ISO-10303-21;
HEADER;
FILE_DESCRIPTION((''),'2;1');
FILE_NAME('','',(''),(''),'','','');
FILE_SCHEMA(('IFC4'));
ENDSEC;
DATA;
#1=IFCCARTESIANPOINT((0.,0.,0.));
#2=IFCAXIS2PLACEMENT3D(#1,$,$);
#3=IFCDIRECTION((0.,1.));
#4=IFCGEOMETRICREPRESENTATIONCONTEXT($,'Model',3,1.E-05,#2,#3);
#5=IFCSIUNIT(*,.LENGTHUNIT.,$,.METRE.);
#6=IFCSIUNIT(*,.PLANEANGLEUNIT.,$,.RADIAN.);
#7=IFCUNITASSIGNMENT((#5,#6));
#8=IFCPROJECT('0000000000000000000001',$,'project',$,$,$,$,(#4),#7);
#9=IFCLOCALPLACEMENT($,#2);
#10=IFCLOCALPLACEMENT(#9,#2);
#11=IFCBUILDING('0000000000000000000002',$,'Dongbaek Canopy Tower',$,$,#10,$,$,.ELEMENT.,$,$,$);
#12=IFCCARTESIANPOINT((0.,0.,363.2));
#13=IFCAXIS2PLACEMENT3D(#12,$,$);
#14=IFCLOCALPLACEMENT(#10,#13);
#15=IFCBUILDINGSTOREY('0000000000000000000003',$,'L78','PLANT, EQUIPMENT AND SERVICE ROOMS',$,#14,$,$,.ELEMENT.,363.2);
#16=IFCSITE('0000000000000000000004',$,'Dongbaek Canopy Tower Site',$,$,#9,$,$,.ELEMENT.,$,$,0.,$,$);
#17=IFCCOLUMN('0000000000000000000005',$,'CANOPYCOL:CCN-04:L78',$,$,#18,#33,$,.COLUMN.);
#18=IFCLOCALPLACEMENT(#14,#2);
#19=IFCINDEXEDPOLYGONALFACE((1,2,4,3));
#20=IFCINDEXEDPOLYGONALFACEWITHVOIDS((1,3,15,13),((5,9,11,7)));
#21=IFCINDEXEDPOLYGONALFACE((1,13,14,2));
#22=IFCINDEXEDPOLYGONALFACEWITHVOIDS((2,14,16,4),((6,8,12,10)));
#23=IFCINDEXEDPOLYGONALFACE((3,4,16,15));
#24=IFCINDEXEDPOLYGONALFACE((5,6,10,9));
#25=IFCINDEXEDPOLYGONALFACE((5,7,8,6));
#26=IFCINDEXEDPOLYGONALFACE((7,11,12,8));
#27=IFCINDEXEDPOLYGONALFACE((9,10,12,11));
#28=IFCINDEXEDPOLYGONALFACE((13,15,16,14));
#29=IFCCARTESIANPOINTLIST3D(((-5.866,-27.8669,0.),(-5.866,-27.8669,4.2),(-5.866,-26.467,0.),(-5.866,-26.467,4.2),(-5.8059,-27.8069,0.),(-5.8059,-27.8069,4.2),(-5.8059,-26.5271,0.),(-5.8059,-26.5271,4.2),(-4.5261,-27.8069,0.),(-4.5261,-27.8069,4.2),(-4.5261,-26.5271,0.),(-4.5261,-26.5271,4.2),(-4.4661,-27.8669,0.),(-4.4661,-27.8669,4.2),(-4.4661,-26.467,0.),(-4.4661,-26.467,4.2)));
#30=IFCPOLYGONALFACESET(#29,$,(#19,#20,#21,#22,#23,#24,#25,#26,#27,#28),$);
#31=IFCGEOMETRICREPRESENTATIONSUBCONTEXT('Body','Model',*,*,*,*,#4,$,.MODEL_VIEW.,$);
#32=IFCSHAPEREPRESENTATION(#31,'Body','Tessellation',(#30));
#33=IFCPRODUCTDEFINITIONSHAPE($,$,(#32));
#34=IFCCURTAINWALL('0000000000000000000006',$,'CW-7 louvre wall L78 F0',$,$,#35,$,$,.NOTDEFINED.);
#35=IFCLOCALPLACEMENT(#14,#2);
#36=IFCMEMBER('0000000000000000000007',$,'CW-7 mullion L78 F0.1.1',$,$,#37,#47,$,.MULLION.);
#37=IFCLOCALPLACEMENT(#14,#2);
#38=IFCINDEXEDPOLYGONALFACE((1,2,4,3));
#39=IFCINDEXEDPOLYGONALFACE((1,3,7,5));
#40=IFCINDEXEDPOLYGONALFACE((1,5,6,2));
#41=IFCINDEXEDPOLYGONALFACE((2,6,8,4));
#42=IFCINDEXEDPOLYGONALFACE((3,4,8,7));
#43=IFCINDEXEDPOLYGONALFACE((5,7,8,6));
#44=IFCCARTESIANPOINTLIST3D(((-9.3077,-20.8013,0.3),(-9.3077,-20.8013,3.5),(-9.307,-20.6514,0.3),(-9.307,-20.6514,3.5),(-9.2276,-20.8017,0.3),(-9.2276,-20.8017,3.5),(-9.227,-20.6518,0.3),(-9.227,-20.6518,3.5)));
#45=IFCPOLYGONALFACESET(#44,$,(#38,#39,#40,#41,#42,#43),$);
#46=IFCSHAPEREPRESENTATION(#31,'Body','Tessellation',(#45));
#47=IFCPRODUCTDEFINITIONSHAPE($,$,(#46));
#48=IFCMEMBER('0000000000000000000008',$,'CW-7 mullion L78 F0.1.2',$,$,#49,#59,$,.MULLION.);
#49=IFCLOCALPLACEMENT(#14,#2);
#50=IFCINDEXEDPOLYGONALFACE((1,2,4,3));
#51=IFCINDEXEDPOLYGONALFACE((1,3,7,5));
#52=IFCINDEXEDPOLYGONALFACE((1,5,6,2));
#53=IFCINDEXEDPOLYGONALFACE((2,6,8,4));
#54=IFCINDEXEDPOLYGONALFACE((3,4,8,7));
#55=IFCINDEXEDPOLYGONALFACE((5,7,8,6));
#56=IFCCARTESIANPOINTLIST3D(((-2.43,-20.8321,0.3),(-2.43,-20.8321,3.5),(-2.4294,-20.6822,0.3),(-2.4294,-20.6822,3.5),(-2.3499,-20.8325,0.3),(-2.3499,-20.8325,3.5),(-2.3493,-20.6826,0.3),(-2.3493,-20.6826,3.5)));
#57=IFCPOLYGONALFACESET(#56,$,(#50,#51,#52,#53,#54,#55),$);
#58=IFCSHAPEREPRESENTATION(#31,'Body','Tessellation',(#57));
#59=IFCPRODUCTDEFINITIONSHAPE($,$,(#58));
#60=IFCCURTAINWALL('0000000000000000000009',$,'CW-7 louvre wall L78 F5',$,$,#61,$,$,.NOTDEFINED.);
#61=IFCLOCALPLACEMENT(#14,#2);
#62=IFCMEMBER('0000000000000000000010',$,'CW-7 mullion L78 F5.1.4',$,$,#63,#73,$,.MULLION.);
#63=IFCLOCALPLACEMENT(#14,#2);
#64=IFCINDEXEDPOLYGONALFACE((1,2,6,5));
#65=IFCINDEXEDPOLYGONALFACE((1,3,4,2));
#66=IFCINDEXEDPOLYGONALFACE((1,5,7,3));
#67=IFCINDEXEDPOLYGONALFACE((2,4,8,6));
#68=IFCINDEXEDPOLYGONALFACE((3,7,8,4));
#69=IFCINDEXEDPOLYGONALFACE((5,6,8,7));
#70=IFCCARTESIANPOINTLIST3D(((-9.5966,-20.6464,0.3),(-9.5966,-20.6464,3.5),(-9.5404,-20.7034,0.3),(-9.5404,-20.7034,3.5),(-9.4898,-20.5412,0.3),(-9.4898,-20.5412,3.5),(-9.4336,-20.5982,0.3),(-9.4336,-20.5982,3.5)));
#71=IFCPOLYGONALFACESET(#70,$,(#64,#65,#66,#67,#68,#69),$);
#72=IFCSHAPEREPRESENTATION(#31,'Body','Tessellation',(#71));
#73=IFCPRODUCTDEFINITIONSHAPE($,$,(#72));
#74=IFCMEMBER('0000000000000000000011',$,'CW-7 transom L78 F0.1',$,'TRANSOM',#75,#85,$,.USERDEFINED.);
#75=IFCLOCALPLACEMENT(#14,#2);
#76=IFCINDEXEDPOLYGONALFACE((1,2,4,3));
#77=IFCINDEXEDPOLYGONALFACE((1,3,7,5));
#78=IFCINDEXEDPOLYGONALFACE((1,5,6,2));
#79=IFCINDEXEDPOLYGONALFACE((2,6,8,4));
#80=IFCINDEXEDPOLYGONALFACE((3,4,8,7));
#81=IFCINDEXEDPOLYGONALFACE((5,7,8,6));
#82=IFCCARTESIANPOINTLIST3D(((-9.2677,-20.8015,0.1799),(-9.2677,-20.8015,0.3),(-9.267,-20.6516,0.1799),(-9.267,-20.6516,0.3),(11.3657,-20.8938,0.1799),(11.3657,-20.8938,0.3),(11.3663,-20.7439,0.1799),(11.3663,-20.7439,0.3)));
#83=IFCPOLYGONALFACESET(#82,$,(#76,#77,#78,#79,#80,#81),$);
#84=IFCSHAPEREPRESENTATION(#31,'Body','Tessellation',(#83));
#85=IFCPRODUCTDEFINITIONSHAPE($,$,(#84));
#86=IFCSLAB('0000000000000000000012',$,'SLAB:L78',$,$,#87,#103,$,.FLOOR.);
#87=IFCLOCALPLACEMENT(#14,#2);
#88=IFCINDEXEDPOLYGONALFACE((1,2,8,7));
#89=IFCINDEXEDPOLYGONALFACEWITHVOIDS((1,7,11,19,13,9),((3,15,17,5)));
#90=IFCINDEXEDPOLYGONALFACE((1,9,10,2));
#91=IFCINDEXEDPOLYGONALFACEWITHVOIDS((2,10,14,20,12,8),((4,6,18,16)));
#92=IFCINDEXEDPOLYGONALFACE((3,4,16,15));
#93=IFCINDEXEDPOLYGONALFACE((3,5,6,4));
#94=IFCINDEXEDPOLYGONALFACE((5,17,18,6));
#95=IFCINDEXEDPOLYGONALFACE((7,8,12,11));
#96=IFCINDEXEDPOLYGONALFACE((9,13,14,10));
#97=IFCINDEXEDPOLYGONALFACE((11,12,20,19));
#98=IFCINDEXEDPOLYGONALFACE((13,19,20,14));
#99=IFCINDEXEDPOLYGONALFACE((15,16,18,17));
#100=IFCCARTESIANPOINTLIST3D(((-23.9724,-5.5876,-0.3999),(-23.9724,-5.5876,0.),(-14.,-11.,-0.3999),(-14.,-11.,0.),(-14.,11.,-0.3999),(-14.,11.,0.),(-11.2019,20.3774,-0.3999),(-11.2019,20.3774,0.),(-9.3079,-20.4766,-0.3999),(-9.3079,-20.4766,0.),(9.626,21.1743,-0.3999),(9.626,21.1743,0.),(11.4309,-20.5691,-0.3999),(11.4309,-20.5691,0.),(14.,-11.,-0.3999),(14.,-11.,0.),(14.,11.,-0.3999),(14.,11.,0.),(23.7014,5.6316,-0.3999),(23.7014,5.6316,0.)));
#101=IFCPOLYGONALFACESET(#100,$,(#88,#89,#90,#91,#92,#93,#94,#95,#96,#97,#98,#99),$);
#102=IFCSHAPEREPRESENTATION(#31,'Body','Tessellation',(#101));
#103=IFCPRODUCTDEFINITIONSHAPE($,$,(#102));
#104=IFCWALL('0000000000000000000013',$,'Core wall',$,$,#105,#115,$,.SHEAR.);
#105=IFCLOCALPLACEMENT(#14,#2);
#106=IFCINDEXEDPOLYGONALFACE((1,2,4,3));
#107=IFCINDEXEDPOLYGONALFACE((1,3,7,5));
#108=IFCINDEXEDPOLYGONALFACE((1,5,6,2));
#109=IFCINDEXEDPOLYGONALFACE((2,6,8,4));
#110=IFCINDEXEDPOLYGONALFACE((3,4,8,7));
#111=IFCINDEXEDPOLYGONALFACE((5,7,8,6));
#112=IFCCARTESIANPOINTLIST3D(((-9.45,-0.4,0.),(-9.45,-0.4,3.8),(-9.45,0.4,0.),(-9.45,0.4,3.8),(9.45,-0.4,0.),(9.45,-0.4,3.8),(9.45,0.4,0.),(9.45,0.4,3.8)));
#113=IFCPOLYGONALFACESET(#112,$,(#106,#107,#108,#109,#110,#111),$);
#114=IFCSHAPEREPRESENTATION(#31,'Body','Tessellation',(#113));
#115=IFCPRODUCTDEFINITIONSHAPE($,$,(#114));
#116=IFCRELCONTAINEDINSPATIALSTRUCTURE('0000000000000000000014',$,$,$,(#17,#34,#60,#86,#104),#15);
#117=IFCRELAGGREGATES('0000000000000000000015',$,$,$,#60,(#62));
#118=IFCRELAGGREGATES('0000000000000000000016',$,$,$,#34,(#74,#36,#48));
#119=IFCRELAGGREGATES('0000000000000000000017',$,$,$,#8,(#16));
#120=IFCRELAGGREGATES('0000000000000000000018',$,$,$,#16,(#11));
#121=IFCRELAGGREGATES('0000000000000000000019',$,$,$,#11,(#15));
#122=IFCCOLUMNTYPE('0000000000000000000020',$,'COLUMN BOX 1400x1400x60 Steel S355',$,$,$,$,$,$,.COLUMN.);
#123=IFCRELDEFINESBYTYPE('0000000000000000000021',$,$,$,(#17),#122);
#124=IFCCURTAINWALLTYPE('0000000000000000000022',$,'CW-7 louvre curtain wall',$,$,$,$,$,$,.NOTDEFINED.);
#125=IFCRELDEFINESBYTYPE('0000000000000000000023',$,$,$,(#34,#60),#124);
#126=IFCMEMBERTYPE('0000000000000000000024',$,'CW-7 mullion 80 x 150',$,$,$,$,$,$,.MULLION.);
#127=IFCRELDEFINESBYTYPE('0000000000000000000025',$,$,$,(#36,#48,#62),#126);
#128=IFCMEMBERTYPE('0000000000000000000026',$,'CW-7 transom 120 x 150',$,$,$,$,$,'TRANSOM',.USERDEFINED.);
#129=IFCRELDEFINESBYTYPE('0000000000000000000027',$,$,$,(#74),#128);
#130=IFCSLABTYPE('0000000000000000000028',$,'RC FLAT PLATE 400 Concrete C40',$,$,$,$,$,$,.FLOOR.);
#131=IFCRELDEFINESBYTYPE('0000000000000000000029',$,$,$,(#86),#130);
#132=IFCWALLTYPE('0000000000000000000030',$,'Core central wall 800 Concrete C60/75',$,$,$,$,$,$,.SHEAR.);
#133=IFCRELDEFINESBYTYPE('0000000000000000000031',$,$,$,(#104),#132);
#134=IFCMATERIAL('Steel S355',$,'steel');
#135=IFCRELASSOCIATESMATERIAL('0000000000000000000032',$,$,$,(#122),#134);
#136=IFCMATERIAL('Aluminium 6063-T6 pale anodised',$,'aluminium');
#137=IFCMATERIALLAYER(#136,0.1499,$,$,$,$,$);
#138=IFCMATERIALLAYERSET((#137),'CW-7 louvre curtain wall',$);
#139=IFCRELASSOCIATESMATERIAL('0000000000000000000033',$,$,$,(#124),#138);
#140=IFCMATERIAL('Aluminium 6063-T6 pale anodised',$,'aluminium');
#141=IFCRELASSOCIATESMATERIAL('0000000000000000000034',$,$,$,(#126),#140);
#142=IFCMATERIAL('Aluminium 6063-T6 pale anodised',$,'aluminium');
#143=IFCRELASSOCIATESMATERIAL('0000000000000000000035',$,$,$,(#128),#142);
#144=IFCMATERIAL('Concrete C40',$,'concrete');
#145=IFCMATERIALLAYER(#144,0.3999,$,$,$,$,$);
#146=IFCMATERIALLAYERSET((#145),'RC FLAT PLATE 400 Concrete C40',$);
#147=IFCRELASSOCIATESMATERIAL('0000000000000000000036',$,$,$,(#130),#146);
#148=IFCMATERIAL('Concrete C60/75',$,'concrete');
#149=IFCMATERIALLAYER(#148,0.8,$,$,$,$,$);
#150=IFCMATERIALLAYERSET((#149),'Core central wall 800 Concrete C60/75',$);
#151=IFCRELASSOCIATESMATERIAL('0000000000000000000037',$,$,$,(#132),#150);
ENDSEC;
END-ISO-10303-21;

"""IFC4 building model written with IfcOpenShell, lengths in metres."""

from ifc_helpers import new_model, si_unit, direction, frame, frame_2d, origin, origin_2d, place, context, subcontext, project, spatial, polyline, rectangle, hollow_rectangle, outline, extrude, material, layer, layer_set, material_profile, profile_set, type_object, element, aggregate, save


model = new_model("IFC4")

# Units and contexts
model_context = context("Model", 3, precision=1e-05, world=origin(), true_north=direction((0.0, 1.0)))
body_context = subcontext(model_context, "Body", "Model", "MODEL_VIEW")
ifc_project = project(units=[si_unit("LENGTHUNIT", "METRE"), si_unit("PLANEANGLEUNIT", "RADIAN")], contexts=[model_context])

# Site, building, storey
site_placement = place(None, origin())
site = spatial("IfcSite", under=ifc_project, at=site_placement, Name="Dongbaek Canopy Tower Site", CompositionType="ELEMENT", RefElevation=0.0)
building_placement = place(site_placement, origin())
building = spatial("IfcBuilding", under=site, at=building_placement, Name="Dongbaek Canopy Tower", CompositionType="ELEMENT")
storey_placement = place(building_placement, frame((0.0, 0.0, 363.2)))
storey = spatial("IfcBuildingStorey", under=building, at=storey_placement, Name="L78", Description="PLANT, EQUIPMENT AND SERVICE ROOMS", CompositionType="ELEMENT", Elevation=363.2)

# Column
ifc_material_1 = material(Name="Steel S355", Category="steel")
ifc_material_profile_1 = material_profile(ifc_material_1, hollow_rectangle(XDim=1.3999, YDim=1.3999, WallThickness=0.0601, at=origin_2d()), Name="COLUMN BOX 1400x1400x60 Steel S355")
ifc_profile_set_1 = profile_set([ifc_material_profile_1], Name="Steel S355")
column_type = type_object("IfcColumnType", Name="COLUMN BOX 1400x1400x60 Steel S355", PredefinedType="COLUMN", material=ifc_profile_set_1)
column_placement = place(storey_placement, frame((-5.166, -27.167, 0.0), z_axis=(0.0, 0.0, 1.0), x_axis=(1.0, 0.0, 0.0)))
element("IfcColumn", 1, at=column_placement, inside=storey, type_object=column_type, Name="CANOPYCOL:CCN-04:L78", PredefinedType="COLUMN", context=body_context, shape_type="SweptSolid", body=[
    extrude(hollow_rectangle(XDim=1.3999, YDim=1.3999, WallThickness=0.0601, at=origin_2d()), origin(), (0.0, 0.0, 1.0), 4.2),
])

# Curtain wall, members
ifc_material_2 = material(Name="Aluminium 6063-T6 pale anodised", Category="aluminium")
ifc_layer_1 = layer(ifc_material_2, 0.1499)
ifc_layer_set_1 = layer_set([ifc_layer_1], Name="CW-7 louvre curtain wall")
curtain_wall_type = type_object("IfcCurtainWallType", Name="CW-7 louvre curtain wall", PredefinedType="NOTDEFINED", material=ifc_layer_set_1)
curtain_wall_1_placement = place(storey_placement, origin())
curtain_wall_1 = element("IfcCurtainWall", 2, at=curtain_wall_1_placement, inside=storey, type_object=curtain_wall_type, Name="CW-7 louvre wall L78 F0", PredefinedType="NOTDEFINED")
ifc_material_3 = material(Name="Aluminium 6063-T6 pale anodised", Category="aluminium")
ifc_material_profile_2 = material_profile(ifc_material_3, rectangle(XDim=0.1499, YDim=0.0801, at=origin_2d()), Name="CW-7 mullion 80 x 150")
ifc_profile_set_2 = profile_set([ifc_material_profile_2], Name="Aluminium 6063-T6 pale anodised")
member_type_1 = type_object("IfcMemberType", Name="CW-7 mullion 80 x 150", PredefinedType="MULLION", material=ifc_profile_set_2)
member_1_placement = place(storey_placement, frame((-9.2673, -20.7266, 0.3), z_axis=(0.0, 0.0, 1.0), x_axis=(-0.004466, -0.99999, 0.0)))
member_1 = element("IfcMember", 3, at=member_1_placement, type_object=member_type_1, Name="CW-7 mullion L78 F0.1.1", PredefinedType="MULLION", context=body_context, shape_type="SweptSolid", body=[
    extrude(rectangle(XDim=0.1499, YDim=0.0801, at=origin_2d()), origin(), (0.0, 0.0, 1.0), 3.2),
])
member_2_placement = place(storey_placement, frame((-2.3896, -20.7573, 0.3), z_axis=(0.0, 0.0, 1.0), x_axis=(-0.004466, -0.99999, 0.0)))
member_2 = element("IfcMember", 4, at=member_2_placement, type_object=member_type_1, Name="CW-7 mullion L78 F0.1.2", PredefinedType="MULLION", context=body_context, shape_type="SweptSolid", body=[
    extrude(rectangle(XDim=0.1499, YDim=0.0801, at=origin_2d()), origin(), (0.0, 0.0, 1.0), 3.2),
])

# Curtain wall, member
curtain_wall_2_placement = place(storey_placement, origin())
curtain_wall_2 = element("IfcCurtainWall", 5, at=curtain_wall_2_placement, inside=storey, type_object=curtain_wall_type, Name="CW-7 louvre wall L78 F5", PredefinedType="NOTDEFINED")
member_3_placement = place(storey_placement, frame((-9.5151, -20.6223, 0.3), z_axis=(0.0, 0.0, 1.0), x_axis=(-0.712455, -0.701718, 0.0)))
member_3 = element("IfcMember", 6, at=member_3_placement, type_object=member_type_1, Name="CW-7 mullion L78 F5.1.4", PredefinedType="MULLION", context=body_context, shape_type="SweptSolid", body=[
    extrude(rectangle(XDim=0.1499, YDim=0.0801, at=origin_2d()), origin(), (0.0, 0.0, 1.0), 3.2),
])
aggregate(curtain_wall_2, [member_3])

# Member
ifc_material_4 = material(Name="Aluminium 6063-T6 pale anodised", Category="aluminium")
ifc_material_profile_3 = material_profile(ifc_material_4, rectangle(XDim=0.1499, YDim=0.1201, at=origin_2d()), Name="CW-7 transom 120 x 150")
ifc_profile_set_3 = profile_set([ifc_material_profile_3], Name="Aluminium 6063-T6 pale anodised")
member_type_2 = type_object("IfcMemberType", Name="CW-7 transom 120 x 150", ElementType="TRANSOM", PredefinedType="USERDEFINED", material=ifc_profile_set_3)
member_4_placement = place(storey_placement, frame((-9.2673, -20.7266, 0.24), z_axis=(0.99999, -0.004473, 0.0), x_axis=(0.004473, 0.99999, 0.0)))
member_4 = element("IfcMember", 7, at=member_4_placement, type_object=member_type_2, Name="CW-7 transom L78 F0.1", ObjectType="TRANSOM", PredefinedType="USERDEFINED", context=body_context, shape_type="SweptSolid", body=[
    extrude(rectangle(XDim=0.1499, YDim=0.1201, at=origin_2d()), origin(), (0.0, 0.0, 1.0), 20.6335),
])

# Slab
ifc_material_5 = material(Name="Concrete C40", Category="concrete")
ifc_layer_2 = layer(ifc_material_5, 0.3999)
ifc_layer_set_2 = layer_set([ifc_layer_2], Name="RC FLAT PLATE 400 Concrete C40")
slab_type = type_object("IfcSlabType", Name="RC FLAT PLATE 400 Concrete C40", PredefinedType="FLOOR", material=ifc_layer_set_2)
slab_placement = place(storey_placement, frame((0.0, 0.0, -0.3999)))
element("IfcSlab", 8, at=slab_placement, inside=storey, type_object=slab_type, Name="SLAB:L78", PredefinedType="FLOOR", context=body_context, shape_type="SweptSolid", body=[
    extrude(outline(polyline([(-23.9724, -5.5876), (-11.2019, 20.3774), (9.626, 21.1743), (23.7014, 5.6316), (11.4309, -20.5691), (-9.3079, -20.4766), (-23.9724, -5.5876)]), holes=[polyline([(14.0, 11.0), (-14.0, 11.0), (-14.0, -11.0), (14.0, -11.0), (14.0, 11.0)])]), origin(), (0.0, 0.0, 1.0), 0.3999),
])

# Wall
ifc_material_6 = material(Name="Concrete C60/75", Category="concrete")
ifc_layer_3 = layer(ifc_material_6, 0.8)
ifc_layer_set_3 = layer_set([ifc_layer_3], Name="Core central wall 800 Concrete C60/75")
wall_type_1 = type_object("IfcWallType", Name="Core central wall 800 Concrete C60/75", PredefinedType="SHEAR", material=ifc_layer_set_3)
wall_1_placement = place(storey_placement, frame((-9.45, 0.0, 0.0), z_axis=(0.0, 0.0, 1.0), x_axis=(1.0, 0.0, 0.0)))
element("IfcWall", 9, at=wall_1_placement, inside=storey, type_object=wall_type_1, Name="Core wall", PredefinedType="SHEAR", context=body_context, shape_type="SweptSolid", body=[
    extrude(rectangle(XDim=18.8999, YDim=0.8, at=frame_2d((9.45, 0.0))), origin(), (0.0, 0.0, 1.0), 3.8),
])

aggregate(curtain_wall_1, [member_4, member_1, member_2])

save(model, "model.ifc")
